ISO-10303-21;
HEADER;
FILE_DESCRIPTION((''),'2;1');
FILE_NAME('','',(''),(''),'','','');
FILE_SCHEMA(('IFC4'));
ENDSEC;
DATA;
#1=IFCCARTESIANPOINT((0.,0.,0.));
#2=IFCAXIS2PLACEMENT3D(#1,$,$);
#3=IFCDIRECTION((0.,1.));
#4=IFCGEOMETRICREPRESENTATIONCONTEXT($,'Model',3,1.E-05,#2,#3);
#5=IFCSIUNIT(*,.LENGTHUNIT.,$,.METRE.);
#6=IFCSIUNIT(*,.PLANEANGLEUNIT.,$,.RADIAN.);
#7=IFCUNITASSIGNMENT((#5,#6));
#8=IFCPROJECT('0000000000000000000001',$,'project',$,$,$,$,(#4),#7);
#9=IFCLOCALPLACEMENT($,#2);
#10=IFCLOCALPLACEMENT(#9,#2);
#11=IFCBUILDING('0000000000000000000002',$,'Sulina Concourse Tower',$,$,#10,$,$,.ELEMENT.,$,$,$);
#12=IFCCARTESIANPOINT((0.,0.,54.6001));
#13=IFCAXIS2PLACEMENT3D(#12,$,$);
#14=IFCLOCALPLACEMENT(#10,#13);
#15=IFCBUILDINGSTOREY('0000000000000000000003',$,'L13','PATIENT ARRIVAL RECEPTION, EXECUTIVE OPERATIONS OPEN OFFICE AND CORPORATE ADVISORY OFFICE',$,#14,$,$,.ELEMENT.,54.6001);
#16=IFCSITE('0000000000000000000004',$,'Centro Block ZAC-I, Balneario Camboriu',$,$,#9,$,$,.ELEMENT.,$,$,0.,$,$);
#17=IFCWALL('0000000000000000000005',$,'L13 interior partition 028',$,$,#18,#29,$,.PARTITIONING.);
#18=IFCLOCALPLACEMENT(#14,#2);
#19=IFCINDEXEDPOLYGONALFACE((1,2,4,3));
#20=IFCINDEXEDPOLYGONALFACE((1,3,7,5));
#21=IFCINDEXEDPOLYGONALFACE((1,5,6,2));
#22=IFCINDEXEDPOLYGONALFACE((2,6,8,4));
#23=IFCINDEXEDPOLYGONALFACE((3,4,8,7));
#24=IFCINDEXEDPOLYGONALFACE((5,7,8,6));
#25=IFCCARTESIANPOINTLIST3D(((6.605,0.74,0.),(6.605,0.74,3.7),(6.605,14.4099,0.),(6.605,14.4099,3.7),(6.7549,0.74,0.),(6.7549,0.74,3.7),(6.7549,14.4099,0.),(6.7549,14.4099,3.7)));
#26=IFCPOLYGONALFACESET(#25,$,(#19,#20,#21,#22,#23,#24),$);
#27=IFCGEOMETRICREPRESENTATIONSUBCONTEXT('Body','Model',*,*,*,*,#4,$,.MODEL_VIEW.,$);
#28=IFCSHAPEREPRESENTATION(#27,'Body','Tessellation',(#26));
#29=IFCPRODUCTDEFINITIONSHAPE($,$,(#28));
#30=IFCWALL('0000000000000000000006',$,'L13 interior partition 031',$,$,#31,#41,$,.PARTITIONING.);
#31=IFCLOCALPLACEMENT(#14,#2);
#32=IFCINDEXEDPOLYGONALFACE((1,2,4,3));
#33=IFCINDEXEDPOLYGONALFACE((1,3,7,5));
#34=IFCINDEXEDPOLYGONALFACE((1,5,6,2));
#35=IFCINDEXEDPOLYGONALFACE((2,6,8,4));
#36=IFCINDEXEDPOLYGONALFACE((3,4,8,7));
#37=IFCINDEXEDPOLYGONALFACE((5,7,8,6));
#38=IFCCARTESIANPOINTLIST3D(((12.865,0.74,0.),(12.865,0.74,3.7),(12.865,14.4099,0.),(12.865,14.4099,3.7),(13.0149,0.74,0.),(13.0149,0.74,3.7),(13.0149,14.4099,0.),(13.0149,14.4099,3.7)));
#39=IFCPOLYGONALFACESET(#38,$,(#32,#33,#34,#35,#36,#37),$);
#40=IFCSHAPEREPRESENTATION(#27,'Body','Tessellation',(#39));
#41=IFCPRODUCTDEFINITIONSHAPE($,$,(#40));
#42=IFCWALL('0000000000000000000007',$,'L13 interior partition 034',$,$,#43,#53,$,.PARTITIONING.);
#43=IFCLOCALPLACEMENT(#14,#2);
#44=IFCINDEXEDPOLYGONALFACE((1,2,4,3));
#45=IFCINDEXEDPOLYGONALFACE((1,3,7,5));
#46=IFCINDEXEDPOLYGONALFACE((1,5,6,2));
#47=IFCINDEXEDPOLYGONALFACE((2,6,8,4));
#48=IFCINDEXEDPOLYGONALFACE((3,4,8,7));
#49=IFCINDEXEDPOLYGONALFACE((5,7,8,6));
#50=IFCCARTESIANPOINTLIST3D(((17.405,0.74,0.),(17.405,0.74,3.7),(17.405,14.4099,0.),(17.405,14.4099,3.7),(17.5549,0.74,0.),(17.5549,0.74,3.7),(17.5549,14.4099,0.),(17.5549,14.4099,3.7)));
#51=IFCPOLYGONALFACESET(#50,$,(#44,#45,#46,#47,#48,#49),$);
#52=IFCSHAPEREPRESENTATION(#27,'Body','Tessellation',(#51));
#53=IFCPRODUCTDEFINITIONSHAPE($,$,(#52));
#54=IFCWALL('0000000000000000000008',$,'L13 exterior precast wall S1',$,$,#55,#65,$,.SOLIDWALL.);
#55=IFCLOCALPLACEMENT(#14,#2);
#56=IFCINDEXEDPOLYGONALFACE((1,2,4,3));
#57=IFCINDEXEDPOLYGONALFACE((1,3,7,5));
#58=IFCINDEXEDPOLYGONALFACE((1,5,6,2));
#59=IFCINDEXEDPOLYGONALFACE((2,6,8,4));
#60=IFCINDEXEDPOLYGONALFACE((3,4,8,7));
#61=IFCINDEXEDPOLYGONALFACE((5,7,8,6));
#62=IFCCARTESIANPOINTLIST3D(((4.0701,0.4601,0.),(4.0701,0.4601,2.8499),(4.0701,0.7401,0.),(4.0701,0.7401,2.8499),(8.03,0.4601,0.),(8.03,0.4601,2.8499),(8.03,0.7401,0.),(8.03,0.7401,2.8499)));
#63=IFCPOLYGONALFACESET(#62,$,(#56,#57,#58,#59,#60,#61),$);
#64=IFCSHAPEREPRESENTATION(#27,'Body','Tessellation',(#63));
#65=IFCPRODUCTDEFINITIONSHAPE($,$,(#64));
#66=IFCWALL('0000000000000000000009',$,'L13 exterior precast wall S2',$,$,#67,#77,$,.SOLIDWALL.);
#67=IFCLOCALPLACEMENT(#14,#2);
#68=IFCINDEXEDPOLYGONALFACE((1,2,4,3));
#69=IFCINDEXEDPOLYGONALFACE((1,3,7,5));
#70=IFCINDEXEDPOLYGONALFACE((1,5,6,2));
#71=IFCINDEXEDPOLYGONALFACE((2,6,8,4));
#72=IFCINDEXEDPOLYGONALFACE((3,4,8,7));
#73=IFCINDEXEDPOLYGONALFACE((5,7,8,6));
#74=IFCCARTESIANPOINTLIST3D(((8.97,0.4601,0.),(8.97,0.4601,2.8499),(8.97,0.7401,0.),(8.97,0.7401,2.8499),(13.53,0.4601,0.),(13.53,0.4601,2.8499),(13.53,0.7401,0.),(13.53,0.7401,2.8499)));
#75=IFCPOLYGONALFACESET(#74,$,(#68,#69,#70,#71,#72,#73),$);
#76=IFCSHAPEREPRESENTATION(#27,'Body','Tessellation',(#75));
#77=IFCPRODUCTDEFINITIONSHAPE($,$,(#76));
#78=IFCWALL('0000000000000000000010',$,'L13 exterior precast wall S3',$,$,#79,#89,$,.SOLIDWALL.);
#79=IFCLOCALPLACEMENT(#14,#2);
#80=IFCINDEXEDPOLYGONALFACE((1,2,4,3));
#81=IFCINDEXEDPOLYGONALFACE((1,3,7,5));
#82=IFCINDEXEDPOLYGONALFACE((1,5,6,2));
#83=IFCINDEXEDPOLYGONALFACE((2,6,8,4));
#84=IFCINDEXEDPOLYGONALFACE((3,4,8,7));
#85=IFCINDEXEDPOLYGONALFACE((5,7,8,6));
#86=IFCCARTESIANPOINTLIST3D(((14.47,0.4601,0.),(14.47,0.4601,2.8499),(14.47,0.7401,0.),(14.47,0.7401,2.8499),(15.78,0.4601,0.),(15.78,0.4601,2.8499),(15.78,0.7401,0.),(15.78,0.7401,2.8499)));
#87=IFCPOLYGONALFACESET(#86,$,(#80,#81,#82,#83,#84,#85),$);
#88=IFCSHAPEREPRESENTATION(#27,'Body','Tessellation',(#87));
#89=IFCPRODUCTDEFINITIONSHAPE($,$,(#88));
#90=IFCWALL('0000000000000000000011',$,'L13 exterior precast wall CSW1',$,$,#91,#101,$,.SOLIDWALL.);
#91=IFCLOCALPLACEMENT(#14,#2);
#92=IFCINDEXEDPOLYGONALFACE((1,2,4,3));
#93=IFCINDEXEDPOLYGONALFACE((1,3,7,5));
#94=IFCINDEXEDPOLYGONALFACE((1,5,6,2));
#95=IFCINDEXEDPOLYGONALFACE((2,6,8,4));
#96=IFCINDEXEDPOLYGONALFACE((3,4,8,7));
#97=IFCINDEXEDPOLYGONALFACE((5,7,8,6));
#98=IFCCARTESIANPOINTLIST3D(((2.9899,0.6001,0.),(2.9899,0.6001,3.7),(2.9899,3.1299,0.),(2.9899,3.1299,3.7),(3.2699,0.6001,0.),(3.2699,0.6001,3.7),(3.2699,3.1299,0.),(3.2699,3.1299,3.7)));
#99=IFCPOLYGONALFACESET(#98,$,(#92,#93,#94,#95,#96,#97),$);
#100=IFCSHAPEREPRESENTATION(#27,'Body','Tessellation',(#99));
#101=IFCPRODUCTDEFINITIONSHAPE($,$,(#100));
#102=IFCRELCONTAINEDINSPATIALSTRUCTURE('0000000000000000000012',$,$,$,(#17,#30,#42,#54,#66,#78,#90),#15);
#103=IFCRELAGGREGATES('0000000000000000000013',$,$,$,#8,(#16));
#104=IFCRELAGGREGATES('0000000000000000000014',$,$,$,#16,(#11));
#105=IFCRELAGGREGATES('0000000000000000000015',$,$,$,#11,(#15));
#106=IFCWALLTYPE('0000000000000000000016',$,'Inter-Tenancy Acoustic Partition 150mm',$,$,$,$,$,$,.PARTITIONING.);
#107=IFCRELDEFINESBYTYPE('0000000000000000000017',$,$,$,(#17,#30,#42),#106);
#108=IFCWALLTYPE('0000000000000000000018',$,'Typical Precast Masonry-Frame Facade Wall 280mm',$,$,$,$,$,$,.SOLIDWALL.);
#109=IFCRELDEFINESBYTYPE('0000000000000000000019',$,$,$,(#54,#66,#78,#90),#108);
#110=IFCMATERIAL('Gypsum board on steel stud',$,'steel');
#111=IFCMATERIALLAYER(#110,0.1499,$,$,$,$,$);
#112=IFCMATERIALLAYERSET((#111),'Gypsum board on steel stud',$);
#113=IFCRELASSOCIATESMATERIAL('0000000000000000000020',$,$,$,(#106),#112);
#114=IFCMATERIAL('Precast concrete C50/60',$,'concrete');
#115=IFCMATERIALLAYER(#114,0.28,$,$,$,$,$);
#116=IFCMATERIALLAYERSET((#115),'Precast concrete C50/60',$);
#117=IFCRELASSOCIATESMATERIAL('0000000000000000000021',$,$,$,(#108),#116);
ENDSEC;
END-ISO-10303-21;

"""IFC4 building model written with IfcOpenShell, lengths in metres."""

from ifc_helpers import new_model, si_unit, direction, frame, frame_2d, origin, place, context, subcontext, project, spatial, rectangle, extrude, material, layer, layer_set, type_object, element, save


model = new_model("IFC4")

# Units and contexts
model_context = context("Model", 3, precision=1e-05, world=origin(), true_north=direction((0.0, 1.0)))
body_context = subcontext(model_context, "Body", "Model", "MODEL_VIEW")
ifc_project = project(units=[si_unit("LENGTHUNIT", "METRE"), si_unit("PLANEANGLEUNIT", "RADIAN")], contexts=[model_context])

# Site, building, storey
site_placement = place(None, origin())
site = spatial("IfcSite", under=ifc_project, at=site_placement, Name="Centro Block ZAC-I, Balneario Camboriu", CompositionType="ELEMENT", RefElevation=0.0)
building_placement = place(site_placement, origin())
building = spatial("IfcBuilding", under=site, at=building_placement, Name="Sulina Concourse Tower", CompositionType="ELEMENT")
storey_placement = place(building_placement, frame((0.0, 0.0, 54.6001)))
storey = spatial("IfcBuildingStorey", under=building, at=storey_placement, Name="L13", Description="PATIENT ARRIVAL RECEPTION, EXECUTIVE OPERATIONS OPEN OFFICE AND CORPORATE ADVISORY OFFICE", CompositionType="ELEMENT", Elevation=54.6001)

# Walls
ifc_material_1 = material(Name="Gypsum board on steel stud", Category="steel")
ifc_layer_1 = layer(ifc_material_1, 0.1499)
ifc_layer_set_1 = layer_set([ifc_layer_1], Name="Gypsum board on steel stud")
wall_type_1 = type_object("IfcWallType", Name="Inter-Tenancy Acoustic Partition 150mm", PredefinedType="PARTITIONING", material=ifc_layer_set_1)
for number, where, z_axis, x_axis, name in (
    (1, (6.6799, 0.74, 0.0), (0.0, 0.0, 1.0), (0.0, 1.0, 0.0), "L13 interior partition 028"),
    (2, (12.9399, 0.74, 0.0), (0.0, 0.0, 1.0), (0.0, 1.0, 0.0), "L13 interior partition 031"),
    (3, (17.48, 0.74, 0.0), (0.0, 0.0, 1.0), (0.0, 1.0, 0.0), "L13 interior partition 034"),
):
    element("IfcWall", number, at=place(storey_placement, frame(where, z_axis=z_axis, x_axis=x_axis)), inside=storey, type_object=wall_type_1, Name=name, PredefinedType="PARTITIONING", context=body_context, shape_type="SweptSolid", body=[
        extrude(rectangle(XDim=13.6699, YDim=0.1499, at=frame_2d((6.835, 0.0))), origin(), (0.0, 0.0, 1.0), 3.7),
    ])
ifc_material_2 = material(Name="Precast concrete C50/60", Category="concrete")
ifc_layer_2 = layer(ifc_material_2, 0.28)
ifc_layer_set_2 = layer_set([ifc_layer_2], Name="Precast concrete C50/60")
wall_type_2 = type_object("IfcWallType", Name="Typical Precast Masonry-Frame Facade Wall 280mm", PredefinedType="SOLIDWALL", material=ifc_layer_set_2)
wall_1_placement = place(storey_placement, frame((8.03, 0.6001, 0.0), z_axis=(0.0, 0.0, 1.0), x_axis=(-1.0, 0.0, 0.0)))
element("IfcWall", 4, at=wall_1_placement, inside=storey, type_object=wall_type_2, Name="L13 exterior precast wall S1", PredefinedType="SOLIDWALL", context=body_context, shape_type="SweptSolid", body=[
    extrude(rectangle(XDim=3.96, YDim=0.28, at=frame_2d((1.98, 0.0))), origin(), (0.0, 0.0, 1.0), 2.8499),
])
wall_2_placement = place(storey_placement, frame((13.53, 0.6001, 0.0), z_axis=(0.0, 0.0, 1.0), x_axis=(-1.0, 0.0, 0.0)))
element("IfcWall", 5, at=wall_2_placement, inside=storey, type_object=wall_type_2, Name="L13 exterior precast wall S2", PredefinedType="SOLIDWALL", context=body_context, shape_type="SweptSolid", body=[
    extrude(rectangle(XDim=4.5601, YDim=0.28, at=frame_2d((2.28, 0.0))), origin(), (0.0, 0.0, 1.0), 2.8499),
])
wall_3_placement = place(storey_placement, frame((15.78, 0.6001, 0.0), z_axis=(0.0, 0.0, 1.0), x_axis=(-1.0, 0.0, 0.0)))
element("IfcWall", 6, at=wall_3_placement, inside=storey, type_object=wall_type_2, Name="L13 exterior precast wall S3", PredefinedType="SOLIDWALL", context=body_context, shape_type="SweptSolid", body=[
    extrude(rectangle(XDim=1.3101, YDim=0.28, at=frame_2d((0.655, 0.0))), origin(), (0.0, 0.0, 1.0), 2.8499),
])
wall_4_placement = place(storey_placement, frame((3.1299, 0.6001, 0.0), z_axis=(0.0, 0.0, 1.0), x_axis=(0.0, 1.0, 0.0)))
element("IfcWall", 7, at=wall_4_placement, inside=storey, type_object=wall_type_2, Name="L13 exterior precast wall CSW1", PredefinedType="SOLIDWALL", context=body_context, shape_type="SweptSolid", body=[
    extrude(rectangle(XDim=2.5298, YDim=0.28, at=frame_2d((1.2649, 0.0))), origin(), (0.0, 0.0, 1.0), 3.7),
])

save(model, "model.ifc")
